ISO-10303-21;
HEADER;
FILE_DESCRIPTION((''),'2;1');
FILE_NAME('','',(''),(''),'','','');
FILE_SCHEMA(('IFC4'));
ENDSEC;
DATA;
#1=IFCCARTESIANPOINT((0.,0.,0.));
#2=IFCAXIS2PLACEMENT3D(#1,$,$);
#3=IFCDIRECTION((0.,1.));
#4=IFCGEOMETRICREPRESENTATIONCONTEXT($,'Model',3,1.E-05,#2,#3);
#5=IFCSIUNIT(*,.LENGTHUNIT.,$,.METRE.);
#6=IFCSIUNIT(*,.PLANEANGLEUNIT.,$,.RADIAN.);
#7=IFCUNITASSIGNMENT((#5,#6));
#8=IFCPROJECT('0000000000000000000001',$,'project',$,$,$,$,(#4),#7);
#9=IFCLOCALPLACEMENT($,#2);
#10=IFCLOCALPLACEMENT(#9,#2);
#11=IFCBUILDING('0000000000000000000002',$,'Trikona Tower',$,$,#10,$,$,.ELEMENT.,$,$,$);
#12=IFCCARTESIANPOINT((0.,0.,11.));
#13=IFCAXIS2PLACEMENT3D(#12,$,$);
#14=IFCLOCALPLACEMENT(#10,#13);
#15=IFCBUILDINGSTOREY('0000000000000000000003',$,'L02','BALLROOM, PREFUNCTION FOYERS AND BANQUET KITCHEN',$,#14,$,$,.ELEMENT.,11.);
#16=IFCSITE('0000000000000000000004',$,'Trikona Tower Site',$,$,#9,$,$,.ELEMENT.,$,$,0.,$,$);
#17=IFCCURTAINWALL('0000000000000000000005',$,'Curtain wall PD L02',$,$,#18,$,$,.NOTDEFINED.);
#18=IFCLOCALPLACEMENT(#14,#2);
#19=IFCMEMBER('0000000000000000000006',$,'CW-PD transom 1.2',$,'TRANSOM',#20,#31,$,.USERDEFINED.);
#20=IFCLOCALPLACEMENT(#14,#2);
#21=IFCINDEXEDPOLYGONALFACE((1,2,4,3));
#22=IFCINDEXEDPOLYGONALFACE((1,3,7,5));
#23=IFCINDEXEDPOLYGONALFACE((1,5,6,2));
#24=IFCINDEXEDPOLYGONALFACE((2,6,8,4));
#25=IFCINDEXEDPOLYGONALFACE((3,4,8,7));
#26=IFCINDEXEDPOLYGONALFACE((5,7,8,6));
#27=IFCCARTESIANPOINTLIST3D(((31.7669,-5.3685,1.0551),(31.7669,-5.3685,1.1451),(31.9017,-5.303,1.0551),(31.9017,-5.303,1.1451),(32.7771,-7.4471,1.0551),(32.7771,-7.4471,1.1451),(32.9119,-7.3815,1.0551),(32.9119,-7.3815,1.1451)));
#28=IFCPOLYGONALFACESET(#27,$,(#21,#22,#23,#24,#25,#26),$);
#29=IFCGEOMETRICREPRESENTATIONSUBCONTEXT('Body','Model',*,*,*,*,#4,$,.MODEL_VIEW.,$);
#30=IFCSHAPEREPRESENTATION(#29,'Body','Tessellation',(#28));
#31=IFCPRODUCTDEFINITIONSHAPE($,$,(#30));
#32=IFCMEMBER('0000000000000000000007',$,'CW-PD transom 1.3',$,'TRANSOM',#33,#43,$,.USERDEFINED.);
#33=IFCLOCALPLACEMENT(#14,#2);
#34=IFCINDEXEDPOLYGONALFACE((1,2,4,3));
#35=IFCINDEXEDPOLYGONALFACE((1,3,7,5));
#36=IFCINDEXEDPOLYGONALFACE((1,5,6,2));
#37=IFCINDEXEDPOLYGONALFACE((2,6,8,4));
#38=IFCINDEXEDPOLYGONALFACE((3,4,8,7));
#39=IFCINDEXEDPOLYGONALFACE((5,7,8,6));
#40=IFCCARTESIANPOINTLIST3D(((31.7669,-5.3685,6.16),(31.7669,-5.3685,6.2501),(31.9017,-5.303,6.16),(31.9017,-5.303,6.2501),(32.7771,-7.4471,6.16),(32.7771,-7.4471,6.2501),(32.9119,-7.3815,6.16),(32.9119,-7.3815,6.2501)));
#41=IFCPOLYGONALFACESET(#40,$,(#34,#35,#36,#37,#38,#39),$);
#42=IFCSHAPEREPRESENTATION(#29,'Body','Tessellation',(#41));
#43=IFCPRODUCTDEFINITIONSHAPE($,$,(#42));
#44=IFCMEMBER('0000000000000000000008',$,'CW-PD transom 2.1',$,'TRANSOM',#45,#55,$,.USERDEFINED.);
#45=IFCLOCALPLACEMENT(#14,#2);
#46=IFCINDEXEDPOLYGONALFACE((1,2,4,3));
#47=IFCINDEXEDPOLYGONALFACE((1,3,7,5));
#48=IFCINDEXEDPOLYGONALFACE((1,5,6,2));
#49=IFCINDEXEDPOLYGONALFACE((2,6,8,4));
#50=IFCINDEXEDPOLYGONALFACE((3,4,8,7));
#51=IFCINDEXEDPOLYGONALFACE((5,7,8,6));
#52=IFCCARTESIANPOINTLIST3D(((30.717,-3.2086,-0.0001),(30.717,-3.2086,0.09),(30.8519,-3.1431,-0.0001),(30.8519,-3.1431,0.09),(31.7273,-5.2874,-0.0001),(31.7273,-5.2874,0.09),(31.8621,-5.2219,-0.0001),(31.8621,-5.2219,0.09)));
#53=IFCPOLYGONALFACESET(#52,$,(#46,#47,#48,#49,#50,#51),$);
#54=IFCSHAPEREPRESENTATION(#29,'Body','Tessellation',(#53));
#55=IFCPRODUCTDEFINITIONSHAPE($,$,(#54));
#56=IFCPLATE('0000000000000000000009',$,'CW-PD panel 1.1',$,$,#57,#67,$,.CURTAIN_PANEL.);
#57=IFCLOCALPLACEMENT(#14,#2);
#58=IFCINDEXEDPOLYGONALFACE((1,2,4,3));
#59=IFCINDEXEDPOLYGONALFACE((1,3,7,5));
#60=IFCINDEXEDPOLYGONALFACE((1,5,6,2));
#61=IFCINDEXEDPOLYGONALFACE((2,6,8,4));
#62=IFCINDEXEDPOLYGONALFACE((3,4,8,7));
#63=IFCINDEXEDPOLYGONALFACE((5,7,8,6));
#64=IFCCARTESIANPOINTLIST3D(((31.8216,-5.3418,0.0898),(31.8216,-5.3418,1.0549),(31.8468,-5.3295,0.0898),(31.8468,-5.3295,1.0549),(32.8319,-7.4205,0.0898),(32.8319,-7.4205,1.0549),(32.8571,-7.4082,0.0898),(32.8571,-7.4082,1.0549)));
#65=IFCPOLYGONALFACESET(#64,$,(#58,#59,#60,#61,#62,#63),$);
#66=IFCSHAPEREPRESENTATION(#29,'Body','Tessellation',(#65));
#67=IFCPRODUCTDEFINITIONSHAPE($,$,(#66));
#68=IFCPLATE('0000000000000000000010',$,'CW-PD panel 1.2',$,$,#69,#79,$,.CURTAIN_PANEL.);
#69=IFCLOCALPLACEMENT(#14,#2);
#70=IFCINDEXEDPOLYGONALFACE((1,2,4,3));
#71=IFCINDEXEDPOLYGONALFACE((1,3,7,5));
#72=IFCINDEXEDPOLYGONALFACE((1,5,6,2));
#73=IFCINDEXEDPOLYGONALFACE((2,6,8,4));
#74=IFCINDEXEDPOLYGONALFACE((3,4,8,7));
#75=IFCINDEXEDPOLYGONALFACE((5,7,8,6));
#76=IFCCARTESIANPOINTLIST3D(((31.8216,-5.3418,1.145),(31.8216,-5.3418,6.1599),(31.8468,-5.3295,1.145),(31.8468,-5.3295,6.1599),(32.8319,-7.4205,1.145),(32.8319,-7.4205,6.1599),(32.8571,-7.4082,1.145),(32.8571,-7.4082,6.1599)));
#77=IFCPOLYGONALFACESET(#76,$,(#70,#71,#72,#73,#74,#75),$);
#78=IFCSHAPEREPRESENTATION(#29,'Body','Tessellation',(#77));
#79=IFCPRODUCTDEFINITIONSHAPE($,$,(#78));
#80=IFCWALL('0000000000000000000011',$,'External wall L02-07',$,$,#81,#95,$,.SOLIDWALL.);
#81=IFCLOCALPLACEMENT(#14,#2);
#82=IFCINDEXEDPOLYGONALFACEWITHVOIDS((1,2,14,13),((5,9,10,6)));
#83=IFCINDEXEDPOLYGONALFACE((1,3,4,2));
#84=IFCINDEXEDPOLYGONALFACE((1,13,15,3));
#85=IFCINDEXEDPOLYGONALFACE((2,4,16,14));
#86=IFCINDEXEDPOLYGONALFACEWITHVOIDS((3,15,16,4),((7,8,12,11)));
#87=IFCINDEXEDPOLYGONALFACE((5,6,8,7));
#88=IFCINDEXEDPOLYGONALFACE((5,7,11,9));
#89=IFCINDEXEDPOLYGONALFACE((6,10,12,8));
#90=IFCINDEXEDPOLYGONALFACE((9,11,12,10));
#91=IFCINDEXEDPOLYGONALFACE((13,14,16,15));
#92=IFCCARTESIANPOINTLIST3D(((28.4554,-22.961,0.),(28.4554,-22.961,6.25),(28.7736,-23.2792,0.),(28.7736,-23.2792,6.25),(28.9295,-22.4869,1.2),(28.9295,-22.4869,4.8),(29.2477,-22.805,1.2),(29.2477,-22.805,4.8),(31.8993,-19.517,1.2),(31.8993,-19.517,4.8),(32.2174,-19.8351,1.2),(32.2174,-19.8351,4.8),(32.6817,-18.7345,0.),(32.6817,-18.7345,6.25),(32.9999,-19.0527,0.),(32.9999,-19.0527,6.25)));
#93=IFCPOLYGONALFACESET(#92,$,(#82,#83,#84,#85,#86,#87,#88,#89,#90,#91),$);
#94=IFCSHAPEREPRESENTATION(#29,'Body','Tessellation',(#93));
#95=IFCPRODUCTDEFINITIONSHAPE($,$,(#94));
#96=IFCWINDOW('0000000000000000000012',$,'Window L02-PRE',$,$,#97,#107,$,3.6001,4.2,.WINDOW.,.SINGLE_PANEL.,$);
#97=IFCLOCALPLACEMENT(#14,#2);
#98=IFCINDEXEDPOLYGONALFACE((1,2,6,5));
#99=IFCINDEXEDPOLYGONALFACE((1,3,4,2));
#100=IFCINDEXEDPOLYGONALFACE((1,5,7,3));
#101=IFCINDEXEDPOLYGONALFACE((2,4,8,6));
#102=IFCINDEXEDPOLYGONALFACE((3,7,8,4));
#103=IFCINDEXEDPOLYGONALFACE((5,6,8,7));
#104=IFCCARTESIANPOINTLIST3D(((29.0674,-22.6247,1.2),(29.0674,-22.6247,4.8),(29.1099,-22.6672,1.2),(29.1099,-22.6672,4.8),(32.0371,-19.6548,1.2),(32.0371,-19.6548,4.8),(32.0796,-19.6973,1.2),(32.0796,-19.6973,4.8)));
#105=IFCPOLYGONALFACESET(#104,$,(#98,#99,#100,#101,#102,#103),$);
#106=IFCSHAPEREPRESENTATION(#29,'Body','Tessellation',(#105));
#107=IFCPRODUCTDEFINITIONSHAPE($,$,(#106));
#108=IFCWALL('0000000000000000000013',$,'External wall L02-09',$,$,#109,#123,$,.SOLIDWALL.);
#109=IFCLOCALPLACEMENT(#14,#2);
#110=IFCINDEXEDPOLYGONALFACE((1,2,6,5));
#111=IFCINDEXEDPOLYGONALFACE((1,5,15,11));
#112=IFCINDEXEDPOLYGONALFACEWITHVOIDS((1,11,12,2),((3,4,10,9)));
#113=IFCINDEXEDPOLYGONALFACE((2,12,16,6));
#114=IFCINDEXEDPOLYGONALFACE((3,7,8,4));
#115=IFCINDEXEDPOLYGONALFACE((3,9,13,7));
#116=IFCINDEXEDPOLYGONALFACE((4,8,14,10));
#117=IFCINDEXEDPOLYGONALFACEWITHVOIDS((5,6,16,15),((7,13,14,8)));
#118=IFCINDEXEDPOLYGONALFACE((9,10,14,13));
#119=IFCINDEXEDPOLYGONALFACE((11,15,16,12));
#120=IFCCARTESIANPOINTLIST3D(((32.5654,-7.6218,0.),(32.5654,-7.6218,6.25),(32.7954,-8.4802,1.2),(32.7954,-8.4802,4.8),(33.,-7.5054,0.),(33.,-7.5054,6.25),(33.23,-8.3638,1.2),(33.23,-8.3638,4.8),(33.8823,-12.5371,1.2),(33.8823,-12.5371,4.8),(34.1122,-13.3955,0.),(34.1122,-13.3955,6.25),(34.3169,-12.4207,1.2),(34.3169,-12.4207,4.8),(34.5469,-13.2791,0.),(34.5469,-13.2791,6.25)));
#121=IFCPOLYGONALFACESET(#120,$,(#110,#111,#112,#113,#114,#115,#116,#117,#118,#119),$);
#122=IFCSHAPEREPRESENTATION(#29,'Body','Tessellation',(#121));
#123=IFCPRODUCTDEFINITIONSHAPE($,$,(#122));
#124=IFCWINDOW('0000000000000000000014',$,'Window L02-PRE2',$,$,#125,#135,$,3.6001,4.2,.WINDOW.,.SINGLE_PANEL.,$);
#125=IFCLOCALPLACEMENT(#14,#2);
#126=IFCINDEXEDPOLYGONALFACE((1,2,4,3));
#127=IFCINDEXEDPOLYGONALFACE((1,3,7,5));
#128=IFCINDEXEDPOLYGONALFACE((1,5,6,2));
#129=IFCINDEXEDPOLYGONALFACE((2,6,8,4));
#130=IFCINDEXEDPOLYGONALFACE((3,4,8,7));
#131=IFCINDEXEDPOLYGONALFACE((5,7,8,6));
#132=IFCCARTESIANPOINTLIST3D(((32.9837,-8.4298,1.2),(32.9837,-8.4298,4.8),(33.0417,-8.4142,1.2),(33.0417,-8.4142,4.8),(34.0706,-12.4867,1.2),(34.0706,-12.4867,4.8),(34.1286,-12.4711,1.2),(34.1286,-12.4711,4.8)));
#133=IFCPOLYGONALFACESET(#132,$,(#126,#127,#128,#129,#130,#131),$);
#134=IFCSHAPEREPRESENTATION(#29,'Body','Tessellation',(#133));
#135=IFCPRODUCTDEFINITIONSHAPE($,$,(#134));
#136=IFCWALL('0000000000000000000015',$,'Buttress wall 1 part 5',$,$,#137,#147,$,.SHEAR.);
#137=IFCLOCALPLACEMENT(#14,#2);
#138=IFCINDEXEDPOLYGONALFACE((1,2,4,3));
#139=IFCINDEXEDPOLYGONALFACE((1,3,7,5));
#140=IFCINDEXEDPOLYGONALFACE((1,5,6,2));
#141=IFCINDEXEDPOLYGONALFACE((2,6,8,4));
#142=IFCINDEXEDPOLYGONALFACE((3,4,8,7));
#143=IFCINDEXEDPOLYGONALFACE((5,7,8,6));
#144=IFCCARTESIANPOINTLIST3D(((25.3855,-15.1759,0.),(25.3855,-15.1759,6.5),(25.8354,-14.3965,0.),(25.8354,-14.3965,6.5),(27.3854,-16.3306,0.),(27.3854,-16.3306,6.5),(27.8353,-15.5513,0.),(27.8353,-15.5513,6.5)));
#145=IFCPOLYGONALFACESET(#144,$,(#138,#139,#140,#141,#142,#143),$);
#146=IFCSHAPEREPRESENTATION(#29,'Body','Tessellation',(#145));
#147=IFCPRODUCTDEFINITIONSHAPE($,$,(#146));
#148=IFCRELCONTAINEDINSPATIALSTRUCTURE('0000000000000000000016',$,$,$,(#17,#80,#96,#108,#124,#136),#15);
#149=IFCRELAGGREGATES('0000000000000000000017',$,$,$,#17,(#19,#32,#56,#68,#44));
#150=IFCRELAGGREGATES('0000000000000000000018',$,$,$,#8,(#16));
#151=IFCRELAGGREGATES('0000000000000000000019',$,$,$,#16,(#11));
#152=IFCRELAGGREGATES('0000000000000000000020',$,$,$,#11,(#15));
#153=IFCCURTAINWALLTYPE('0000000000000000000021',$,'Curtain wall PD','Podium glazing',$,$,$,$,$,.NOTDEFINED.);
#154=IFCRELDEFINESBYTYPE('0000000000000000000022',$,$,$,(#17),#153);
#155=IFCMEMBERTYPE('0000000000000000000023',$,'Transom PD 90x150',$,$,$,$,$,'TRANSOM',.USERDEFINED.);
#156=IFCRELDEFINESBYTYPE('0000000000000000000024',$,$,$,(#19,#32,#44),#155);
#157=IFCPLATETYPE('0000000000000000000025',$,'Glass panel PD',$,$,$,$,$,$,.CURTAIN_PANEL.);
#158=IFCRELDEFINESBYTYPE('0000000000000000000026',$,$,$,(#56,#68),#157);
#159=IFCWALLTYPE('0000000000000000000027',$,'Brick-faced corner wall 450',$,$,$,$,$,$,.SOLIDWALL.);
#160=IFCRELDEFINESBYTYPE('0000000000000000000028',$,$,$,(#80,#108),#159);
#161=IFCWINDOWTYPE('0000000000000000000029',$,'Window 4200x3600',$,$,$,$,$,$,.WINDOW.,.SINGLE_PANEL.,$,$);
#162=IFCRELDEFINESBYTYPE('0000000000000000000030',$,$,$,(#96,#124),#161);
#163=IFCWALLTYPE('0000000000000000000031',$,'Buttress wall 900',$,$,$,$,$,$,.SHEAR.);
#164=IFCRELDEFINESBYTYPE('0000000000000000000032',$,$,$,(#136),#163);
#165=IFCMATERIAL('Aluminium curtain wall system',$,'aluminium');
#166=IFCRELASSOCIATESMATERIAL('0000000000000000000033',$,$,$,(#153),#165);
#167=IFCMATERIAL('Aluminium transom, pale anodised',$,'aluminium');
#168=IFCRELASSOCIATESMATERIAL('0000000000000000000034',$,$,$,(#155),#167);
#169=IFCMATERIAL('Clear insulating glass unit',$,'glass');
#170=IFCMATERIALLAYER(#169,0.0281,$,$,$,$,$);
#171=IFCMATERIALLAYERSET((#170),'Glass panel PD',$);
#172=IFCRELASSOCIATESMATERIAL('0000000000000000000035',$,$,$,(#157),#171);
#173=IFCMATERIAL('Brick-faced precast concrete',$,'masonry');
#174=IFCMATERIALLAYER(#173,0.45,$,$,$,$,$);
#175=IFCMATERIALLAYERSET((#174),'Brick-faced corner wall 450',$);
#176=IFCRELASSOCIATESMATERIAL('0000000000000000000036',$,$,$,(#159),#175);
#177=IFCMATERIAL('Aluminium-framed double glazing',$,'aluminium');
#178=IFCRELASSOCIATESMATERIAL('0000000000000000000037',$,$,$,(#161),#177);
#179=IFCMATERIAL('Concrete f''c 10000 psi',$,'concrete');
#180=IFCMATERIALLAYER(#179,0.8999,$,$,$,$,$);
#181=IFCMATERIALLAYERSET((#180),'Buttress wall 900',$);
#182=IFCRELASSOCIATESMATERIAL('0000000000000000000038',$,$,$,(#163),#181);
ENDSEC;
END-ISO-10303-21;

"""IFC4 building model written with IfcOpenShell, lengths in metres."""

from ifc_helpers import new_model, si_unit, direction, frame, frame_2d, origin, origin_2d, place, context, subcontext, project, spatial, rectangle, extrude, material, layer, layer_set, material_profile, profile_set, type_object, element, fill, aggregate, save


model = new_model("IFC4")

# Units and contexts
model_context = context("Model", 3, precision=1e-05, world=origin(), true_north=direction((0.0, 1.0)))
body_context = subcontext(model_context, "Body", "Model", "MODEL_VIEW")
ifc_project = project(units=[si_unit("LENGTHUNIT", "METRE"), si_unit("PLANEANGLEUNIT", "RADIAN")], contexts=[model_context])

# Site, building, storey
site_placement = place(None, origin())
site = spatial("IfcSite", under=ifc_project, at=site_placement, Name="Trikona Tower Site", CompositionType="ELEMENT", RefElevation=0.0)
building_placement = place(site_placement, origin())
building = spatial("IfcBuilding", under=site, at=building_placement, Name="Trikona Tower", CompositionType="ELEMENT")
storey_placement = place(building_placement, frame((0.0, 0.0, 11.0)))
storey = spatial("IfcBuildingStorey", under=building, at=storey_placement, Name="L02", Description="BALLROOM, PREFUNCTION FOYERS AND BANQUET KITCHEN", CompositionType="ELEMENT", Elevation=11.0)

# Curtain wall
ifc_material_1 = material(Name="Aluminium curtain wall system", Category="aluminium")
curtain_wall_type = type_object("IfcCurtainWallType", Name="Curtain wall PD", Description="Podium glazing", PredefinedType="NOTDEFINED", material=ifc_material_1)
curtain_wall_placement = place(storey_placement, origin())
curtain_wall = element("IfcCurtainWall", 1, at=curtain_wall_placement, inside=storey, type_object=curtain_wall_type, Name="Curtain wall PD L02", PredefinedType="NOTDEFINED")

# Members
ifc_material_2 = material(Name="Aluminium transom, pale anodised", Category="aluminium")
ifc_material_profile_1 = material_profile(ifc_material_2, rectangle(XDim=0.1499, YDim=0.0901, at=origin_2d()), Name="TRN-PD")
ifc_profile_set_1 = profile_set([ifc_material_profile_1], Name="Aluminium transom, pale anodised")
member_type_1 = type_object("IfcMemberType", Name="Transom PD 90x150", ElementType="TRANSOM", PredefinedType="USERDEFINED", material=ifc_profile_set_1)
member_1_placement = place(storey_placement, frame((32.8445, -7.4143, 1.1001), z_axis=(-0.437129, 0.899399, 0.0), x_axis=(-0.899399, -0.437129, 0.0)))
member_1 = element("IfcMember", 2, at=member_1_placement, type_object=member_type_1, Name="CW-PD transom 1.2", ObjectType="TRANSOM", PredefinedType="USERDEFINED", context=body_context, shape_type="SweptSolid", body=[
    extrude(rectangle(XDim=0.1499, YDim=0.0901, at=origin_2d()), origin(), (0.0, 0.0, 1.0), 2.311),
])
member_2_placement = place(storey_placement, frame((32.8445, -7.4143, 6.2051), z_axis=(-0.437129, 0.899399, 0.0), x_axis=(-0.899399, -0.437129, 0.0)))
member_2 = element("IfcMember", 3, at=member_2_placement, type_object=member_type_1, Name="CW-PD transom 1.3", ObjectType="TRANSOM", PredefinedType="USERDEFINED", context=body_context, shape_type="SweptSolid", body=[
    extrude(rectangle(XDim=0.1499, YDim=0.0901, at=origin_2d()), origin(), (0.0, 0.0, 1.0), 2.311),
])
member_3_placement = place(storey_placement, frame((31.7947, -5.2546, 0.0449), z_axis=(-0.437087, 0.899419, 0.0), x_axis=(-0.899419, -0.437087, 0.0)))
member_3 = element("IfcMember", 4, at=member_3_placement, type_object=member_type_1, Name="CW-PD transom 2.1", ObjectType="TRANSOM", PredefinedType="USERDEFINED", context=body_context, shape_type="SweptSolid", body=[
    extrude(rectangle(XDim=0.1499, YDim=0.0901, at=origin_2d()), origin(), (0.0, 0.0, 1.0), 2.3113),
])

# Plates
ifc_material_3 = material(Name="Clear insulating glass unit", Category="glass")
ifc_layer_1 = layer(ifc_material_3, 0.0281)
ifc_layer_set_1 = layer_set([ifc_layer_1], Name="Glass panel PD")
plate_type = type_object("IfcPlateType", Name="Glass panel PD", PredefinedType="CURTAIN_PANEL", material=ifc_layer_set_1)
plate_1_placement = place(storey_placement, frame((32.3394, -6.375, 0.0898), z_axis=(0.0, 0.0, 1.0), x_axis=(-0.437129, 0.899399, 0.0)))
plate_1 = element("IfcPlate", 5, at=plate_1_placement, type_object=plate_type, Name="CW-PD panel 1.1", PredefinedType="CURTAIN_PANEL", context=body_context, shape_type="SweptSolid", body=[
    extrude(rectangle(XDim=2.3113, YDim=0.0281, at=origin_2d()), origin(), (0.0, 0.0, 1.0), 0.9651),
])
plate_2_placement = place(storey_placement, frame((32.3394, -6.375, 1.145), z_axis=(0.0, 0.0, 1.0), x_axis=(-0.437129, 0.899399, 0.0)))
plate_2 = element("IfcPlate", 6, at=plate_2_placement, type_object=plate_type, Name="CW-PD panel 1.2", PredefinedType="CURTAIN_PANEL", context=body_context, shape_type="SweptSolid", body=[
    extrude(rectangle(XDim=2.3113, YDim=0.0281, at=origin_2d()), origin(), (0.0, 0.0, 1.0), 5.0149),
])
aggregate(curtain_wall, [member_1, member_2, plate_1, plate_2, member_3])

# Wall, opening, window
ifc_material_4 = material(Name="Brick-faced precast concrete", Category="masonry")
ifc_layer_2 = layer(ifc_material_4, 0.45)
ifc_layer_set_2 = layer_set([ifc_layer_2], Name="Brick-faced corner wall 450")
wall_type_1 = type_object("IfcWallType", Name="Brick-faced corner wall 450", PredefinedType="SOLIDWALL", material=ifc_layer_set_2)
wall_1_placement = place(storey_placement, frame((28.6145, -23.1201, 0.0), z_axis=(0.0, 0.0, 1.0), x_axis=(0.707086, 0.707127, 0.0)))
wall_1 = element("IfcWall", 7, at=wall_1_placement, inside=storey, type_object=wall_type_1, Name="External wall L02-07", PredefinedType="SOLIDWALL", context=body_context, shape_type="SweptSolid", body=[
    extrude(rectangle(XDim=5.9771, YDim=0.45, at=frame_2d((2.9885, 0.0))), origin(), (0.0, 0.0, 1.0), 6.25),
])
opening_1_placement = place(wall_1_placement, frame((0.6704, 0.0, 1.2)))
opening_1 = element("IfcOpeningElement", 8, at=opening_1_placement, cuts=wall_1, PredefinedType="OPENING", context=body_context, shape_type="SweptSolid", body=[
    extrude(rectangle(XDim=4.2, YDim=3.6001, at=frame_2d((2.1001, 1.8))), frame((0.0, 0.2349, 0.0), z_axis=(0.0, -1.0, 0.0), x_axis=(1.0, 0.0, 0.0)), (0.0, 0.0, 1.0), 0.47),
])
ifc_material_5 = material(Name="Aluminium-framed double glazing", Category="aluminium")
window_type = type_object("IfcWindowType", Name="Window 4200x3600", PartitioningType="SINGLE_PANEL", PredefinedType="WINDOW", material=ifc_material_5)
window_1_placement = place(opening_1_placement, origin())
window_1 = element("IfcWindow", 9, at=window_1_placement, inside=storey, type_object=window_type, Name="Window L02-PRE", OverallHeight=3.6001, OverallWidth=4.2, PartitioningType="SINGLE_PANEL", PredefinedType="WINDOW", context=body_context, shape_type="SweptSolid", body=[
    extrude(rectangle(XDim=4.2, YDim=3.6001, at=frame_2d((2.1001, 1.8))), frame((0.0, 0.03, 0.0), z_axis=(0.0, -1.0, 0.0), x_axis=(1.0, 0.0, 0.0)), (0.0, 0.0, 1.0), 0.0601),
])
fill(opening_1, window_1)

# Wall, opening, window
wall_2_placement = place(storey_placement, frame((34.3296, -13.3374, 0.0), z_axis=(0.0, 0.0, 1.0), x_axis=(-0.258791, 0.965933, 0.0)))
wall_2 = element("IfcWall", 10, at=wall_2_placement, inside=storey, type_object=wall_type_1, Name="External wall L02-09", PredefinedType="SOLIDWALL", context=body_context, shape_type="SweptSolid", body=[
    extrude(rectangle(XDim=5.9773, YDim=0.45, at=frame_2d((2.9888, 0.0))), origin(), (0.0, 0.0, 1.0), 6.25),
])
opening_2_placement = place(wall_2_placement, frame((0.8887, 0.0, 1.2)))
opening_2 = element("IfcOpeningElement", 11, at=opening_2_placement, cuts=wall_2, PredefinedType="OPENING", context=body_context, shape_type="SweptSolid", body=[
    extrude(rectangle(XDim=4.2, YDim=3.6001, at=frame_2d((2.1001, 1.8))), frame((0.0, 0.2349, 0.0), z_axis=(0.0, -1.0, 0.0), x_axis=(1.0, 0.0, 0.0)), (0.0, 0.0, 1.0), 0.47),
])
window_2_placement = place(opening_2_placement, origin())
window_2 = element("IfcWindow", 12, at=window_2_placement, inside=storey, type_object=window_type, Name="Window L02-PRE2", OverallHeight=3.6001, OverallWidth=4.2, PartitioningType="SINGLE_PANEL", PredefinedType="WINDOW", context=body_context, shape_type="SweptSolid", body=[
    extrude(rectangle(XDim=4.2, YDim=3.6001, at=frame_2d((2.1001, 1.8))), frame((0.0, 0.03, 0.0), z_axis=(0.0, -1.0, 0.0), x_axis=(1.0, 0.0, 0.0)), (0.0, 0.0, 1.0), 0.0601),
])
fill(opening_2, window_2)

# Wall
ifc_material_6 = material(Name="Concrete f'c 10000 psi", Category="concrete")
ifc_layer_3 = layer(ifc_material_6, 0.8999)
ifc_layer_set_3 = layer_set([ifc_layer_3], Name="Buttress wall 900")
wall_type_2 = type_object("IfcWallType", Name="Buttress wall 900", PredefinedType="SHEAR", material=ifc_layer_set_3)
wall_3_placement = place(storey_placement, frame((25.6104, -14.7861, 0.0), z_axis=(0.0, 0.0, 1.0), x_axis=(0.86601, -0.500027, 0.0)))
element("IfcWall", 13, at=wall_3_placement, inside=storey, type_object=wall_type_2, Name="Buttress wall 1 part 5", PredefinedType="SHEAR", context=body_context, shape_type="SweptSolid", body=[
    extrude(rectangle(XDim=2.3093, YDim=0.8999, at=frame_2d((1.1548, 0.0))), origin(), (0.0, 0.0, 1.0), 6.5),
])

save(model, "model.ifc")
